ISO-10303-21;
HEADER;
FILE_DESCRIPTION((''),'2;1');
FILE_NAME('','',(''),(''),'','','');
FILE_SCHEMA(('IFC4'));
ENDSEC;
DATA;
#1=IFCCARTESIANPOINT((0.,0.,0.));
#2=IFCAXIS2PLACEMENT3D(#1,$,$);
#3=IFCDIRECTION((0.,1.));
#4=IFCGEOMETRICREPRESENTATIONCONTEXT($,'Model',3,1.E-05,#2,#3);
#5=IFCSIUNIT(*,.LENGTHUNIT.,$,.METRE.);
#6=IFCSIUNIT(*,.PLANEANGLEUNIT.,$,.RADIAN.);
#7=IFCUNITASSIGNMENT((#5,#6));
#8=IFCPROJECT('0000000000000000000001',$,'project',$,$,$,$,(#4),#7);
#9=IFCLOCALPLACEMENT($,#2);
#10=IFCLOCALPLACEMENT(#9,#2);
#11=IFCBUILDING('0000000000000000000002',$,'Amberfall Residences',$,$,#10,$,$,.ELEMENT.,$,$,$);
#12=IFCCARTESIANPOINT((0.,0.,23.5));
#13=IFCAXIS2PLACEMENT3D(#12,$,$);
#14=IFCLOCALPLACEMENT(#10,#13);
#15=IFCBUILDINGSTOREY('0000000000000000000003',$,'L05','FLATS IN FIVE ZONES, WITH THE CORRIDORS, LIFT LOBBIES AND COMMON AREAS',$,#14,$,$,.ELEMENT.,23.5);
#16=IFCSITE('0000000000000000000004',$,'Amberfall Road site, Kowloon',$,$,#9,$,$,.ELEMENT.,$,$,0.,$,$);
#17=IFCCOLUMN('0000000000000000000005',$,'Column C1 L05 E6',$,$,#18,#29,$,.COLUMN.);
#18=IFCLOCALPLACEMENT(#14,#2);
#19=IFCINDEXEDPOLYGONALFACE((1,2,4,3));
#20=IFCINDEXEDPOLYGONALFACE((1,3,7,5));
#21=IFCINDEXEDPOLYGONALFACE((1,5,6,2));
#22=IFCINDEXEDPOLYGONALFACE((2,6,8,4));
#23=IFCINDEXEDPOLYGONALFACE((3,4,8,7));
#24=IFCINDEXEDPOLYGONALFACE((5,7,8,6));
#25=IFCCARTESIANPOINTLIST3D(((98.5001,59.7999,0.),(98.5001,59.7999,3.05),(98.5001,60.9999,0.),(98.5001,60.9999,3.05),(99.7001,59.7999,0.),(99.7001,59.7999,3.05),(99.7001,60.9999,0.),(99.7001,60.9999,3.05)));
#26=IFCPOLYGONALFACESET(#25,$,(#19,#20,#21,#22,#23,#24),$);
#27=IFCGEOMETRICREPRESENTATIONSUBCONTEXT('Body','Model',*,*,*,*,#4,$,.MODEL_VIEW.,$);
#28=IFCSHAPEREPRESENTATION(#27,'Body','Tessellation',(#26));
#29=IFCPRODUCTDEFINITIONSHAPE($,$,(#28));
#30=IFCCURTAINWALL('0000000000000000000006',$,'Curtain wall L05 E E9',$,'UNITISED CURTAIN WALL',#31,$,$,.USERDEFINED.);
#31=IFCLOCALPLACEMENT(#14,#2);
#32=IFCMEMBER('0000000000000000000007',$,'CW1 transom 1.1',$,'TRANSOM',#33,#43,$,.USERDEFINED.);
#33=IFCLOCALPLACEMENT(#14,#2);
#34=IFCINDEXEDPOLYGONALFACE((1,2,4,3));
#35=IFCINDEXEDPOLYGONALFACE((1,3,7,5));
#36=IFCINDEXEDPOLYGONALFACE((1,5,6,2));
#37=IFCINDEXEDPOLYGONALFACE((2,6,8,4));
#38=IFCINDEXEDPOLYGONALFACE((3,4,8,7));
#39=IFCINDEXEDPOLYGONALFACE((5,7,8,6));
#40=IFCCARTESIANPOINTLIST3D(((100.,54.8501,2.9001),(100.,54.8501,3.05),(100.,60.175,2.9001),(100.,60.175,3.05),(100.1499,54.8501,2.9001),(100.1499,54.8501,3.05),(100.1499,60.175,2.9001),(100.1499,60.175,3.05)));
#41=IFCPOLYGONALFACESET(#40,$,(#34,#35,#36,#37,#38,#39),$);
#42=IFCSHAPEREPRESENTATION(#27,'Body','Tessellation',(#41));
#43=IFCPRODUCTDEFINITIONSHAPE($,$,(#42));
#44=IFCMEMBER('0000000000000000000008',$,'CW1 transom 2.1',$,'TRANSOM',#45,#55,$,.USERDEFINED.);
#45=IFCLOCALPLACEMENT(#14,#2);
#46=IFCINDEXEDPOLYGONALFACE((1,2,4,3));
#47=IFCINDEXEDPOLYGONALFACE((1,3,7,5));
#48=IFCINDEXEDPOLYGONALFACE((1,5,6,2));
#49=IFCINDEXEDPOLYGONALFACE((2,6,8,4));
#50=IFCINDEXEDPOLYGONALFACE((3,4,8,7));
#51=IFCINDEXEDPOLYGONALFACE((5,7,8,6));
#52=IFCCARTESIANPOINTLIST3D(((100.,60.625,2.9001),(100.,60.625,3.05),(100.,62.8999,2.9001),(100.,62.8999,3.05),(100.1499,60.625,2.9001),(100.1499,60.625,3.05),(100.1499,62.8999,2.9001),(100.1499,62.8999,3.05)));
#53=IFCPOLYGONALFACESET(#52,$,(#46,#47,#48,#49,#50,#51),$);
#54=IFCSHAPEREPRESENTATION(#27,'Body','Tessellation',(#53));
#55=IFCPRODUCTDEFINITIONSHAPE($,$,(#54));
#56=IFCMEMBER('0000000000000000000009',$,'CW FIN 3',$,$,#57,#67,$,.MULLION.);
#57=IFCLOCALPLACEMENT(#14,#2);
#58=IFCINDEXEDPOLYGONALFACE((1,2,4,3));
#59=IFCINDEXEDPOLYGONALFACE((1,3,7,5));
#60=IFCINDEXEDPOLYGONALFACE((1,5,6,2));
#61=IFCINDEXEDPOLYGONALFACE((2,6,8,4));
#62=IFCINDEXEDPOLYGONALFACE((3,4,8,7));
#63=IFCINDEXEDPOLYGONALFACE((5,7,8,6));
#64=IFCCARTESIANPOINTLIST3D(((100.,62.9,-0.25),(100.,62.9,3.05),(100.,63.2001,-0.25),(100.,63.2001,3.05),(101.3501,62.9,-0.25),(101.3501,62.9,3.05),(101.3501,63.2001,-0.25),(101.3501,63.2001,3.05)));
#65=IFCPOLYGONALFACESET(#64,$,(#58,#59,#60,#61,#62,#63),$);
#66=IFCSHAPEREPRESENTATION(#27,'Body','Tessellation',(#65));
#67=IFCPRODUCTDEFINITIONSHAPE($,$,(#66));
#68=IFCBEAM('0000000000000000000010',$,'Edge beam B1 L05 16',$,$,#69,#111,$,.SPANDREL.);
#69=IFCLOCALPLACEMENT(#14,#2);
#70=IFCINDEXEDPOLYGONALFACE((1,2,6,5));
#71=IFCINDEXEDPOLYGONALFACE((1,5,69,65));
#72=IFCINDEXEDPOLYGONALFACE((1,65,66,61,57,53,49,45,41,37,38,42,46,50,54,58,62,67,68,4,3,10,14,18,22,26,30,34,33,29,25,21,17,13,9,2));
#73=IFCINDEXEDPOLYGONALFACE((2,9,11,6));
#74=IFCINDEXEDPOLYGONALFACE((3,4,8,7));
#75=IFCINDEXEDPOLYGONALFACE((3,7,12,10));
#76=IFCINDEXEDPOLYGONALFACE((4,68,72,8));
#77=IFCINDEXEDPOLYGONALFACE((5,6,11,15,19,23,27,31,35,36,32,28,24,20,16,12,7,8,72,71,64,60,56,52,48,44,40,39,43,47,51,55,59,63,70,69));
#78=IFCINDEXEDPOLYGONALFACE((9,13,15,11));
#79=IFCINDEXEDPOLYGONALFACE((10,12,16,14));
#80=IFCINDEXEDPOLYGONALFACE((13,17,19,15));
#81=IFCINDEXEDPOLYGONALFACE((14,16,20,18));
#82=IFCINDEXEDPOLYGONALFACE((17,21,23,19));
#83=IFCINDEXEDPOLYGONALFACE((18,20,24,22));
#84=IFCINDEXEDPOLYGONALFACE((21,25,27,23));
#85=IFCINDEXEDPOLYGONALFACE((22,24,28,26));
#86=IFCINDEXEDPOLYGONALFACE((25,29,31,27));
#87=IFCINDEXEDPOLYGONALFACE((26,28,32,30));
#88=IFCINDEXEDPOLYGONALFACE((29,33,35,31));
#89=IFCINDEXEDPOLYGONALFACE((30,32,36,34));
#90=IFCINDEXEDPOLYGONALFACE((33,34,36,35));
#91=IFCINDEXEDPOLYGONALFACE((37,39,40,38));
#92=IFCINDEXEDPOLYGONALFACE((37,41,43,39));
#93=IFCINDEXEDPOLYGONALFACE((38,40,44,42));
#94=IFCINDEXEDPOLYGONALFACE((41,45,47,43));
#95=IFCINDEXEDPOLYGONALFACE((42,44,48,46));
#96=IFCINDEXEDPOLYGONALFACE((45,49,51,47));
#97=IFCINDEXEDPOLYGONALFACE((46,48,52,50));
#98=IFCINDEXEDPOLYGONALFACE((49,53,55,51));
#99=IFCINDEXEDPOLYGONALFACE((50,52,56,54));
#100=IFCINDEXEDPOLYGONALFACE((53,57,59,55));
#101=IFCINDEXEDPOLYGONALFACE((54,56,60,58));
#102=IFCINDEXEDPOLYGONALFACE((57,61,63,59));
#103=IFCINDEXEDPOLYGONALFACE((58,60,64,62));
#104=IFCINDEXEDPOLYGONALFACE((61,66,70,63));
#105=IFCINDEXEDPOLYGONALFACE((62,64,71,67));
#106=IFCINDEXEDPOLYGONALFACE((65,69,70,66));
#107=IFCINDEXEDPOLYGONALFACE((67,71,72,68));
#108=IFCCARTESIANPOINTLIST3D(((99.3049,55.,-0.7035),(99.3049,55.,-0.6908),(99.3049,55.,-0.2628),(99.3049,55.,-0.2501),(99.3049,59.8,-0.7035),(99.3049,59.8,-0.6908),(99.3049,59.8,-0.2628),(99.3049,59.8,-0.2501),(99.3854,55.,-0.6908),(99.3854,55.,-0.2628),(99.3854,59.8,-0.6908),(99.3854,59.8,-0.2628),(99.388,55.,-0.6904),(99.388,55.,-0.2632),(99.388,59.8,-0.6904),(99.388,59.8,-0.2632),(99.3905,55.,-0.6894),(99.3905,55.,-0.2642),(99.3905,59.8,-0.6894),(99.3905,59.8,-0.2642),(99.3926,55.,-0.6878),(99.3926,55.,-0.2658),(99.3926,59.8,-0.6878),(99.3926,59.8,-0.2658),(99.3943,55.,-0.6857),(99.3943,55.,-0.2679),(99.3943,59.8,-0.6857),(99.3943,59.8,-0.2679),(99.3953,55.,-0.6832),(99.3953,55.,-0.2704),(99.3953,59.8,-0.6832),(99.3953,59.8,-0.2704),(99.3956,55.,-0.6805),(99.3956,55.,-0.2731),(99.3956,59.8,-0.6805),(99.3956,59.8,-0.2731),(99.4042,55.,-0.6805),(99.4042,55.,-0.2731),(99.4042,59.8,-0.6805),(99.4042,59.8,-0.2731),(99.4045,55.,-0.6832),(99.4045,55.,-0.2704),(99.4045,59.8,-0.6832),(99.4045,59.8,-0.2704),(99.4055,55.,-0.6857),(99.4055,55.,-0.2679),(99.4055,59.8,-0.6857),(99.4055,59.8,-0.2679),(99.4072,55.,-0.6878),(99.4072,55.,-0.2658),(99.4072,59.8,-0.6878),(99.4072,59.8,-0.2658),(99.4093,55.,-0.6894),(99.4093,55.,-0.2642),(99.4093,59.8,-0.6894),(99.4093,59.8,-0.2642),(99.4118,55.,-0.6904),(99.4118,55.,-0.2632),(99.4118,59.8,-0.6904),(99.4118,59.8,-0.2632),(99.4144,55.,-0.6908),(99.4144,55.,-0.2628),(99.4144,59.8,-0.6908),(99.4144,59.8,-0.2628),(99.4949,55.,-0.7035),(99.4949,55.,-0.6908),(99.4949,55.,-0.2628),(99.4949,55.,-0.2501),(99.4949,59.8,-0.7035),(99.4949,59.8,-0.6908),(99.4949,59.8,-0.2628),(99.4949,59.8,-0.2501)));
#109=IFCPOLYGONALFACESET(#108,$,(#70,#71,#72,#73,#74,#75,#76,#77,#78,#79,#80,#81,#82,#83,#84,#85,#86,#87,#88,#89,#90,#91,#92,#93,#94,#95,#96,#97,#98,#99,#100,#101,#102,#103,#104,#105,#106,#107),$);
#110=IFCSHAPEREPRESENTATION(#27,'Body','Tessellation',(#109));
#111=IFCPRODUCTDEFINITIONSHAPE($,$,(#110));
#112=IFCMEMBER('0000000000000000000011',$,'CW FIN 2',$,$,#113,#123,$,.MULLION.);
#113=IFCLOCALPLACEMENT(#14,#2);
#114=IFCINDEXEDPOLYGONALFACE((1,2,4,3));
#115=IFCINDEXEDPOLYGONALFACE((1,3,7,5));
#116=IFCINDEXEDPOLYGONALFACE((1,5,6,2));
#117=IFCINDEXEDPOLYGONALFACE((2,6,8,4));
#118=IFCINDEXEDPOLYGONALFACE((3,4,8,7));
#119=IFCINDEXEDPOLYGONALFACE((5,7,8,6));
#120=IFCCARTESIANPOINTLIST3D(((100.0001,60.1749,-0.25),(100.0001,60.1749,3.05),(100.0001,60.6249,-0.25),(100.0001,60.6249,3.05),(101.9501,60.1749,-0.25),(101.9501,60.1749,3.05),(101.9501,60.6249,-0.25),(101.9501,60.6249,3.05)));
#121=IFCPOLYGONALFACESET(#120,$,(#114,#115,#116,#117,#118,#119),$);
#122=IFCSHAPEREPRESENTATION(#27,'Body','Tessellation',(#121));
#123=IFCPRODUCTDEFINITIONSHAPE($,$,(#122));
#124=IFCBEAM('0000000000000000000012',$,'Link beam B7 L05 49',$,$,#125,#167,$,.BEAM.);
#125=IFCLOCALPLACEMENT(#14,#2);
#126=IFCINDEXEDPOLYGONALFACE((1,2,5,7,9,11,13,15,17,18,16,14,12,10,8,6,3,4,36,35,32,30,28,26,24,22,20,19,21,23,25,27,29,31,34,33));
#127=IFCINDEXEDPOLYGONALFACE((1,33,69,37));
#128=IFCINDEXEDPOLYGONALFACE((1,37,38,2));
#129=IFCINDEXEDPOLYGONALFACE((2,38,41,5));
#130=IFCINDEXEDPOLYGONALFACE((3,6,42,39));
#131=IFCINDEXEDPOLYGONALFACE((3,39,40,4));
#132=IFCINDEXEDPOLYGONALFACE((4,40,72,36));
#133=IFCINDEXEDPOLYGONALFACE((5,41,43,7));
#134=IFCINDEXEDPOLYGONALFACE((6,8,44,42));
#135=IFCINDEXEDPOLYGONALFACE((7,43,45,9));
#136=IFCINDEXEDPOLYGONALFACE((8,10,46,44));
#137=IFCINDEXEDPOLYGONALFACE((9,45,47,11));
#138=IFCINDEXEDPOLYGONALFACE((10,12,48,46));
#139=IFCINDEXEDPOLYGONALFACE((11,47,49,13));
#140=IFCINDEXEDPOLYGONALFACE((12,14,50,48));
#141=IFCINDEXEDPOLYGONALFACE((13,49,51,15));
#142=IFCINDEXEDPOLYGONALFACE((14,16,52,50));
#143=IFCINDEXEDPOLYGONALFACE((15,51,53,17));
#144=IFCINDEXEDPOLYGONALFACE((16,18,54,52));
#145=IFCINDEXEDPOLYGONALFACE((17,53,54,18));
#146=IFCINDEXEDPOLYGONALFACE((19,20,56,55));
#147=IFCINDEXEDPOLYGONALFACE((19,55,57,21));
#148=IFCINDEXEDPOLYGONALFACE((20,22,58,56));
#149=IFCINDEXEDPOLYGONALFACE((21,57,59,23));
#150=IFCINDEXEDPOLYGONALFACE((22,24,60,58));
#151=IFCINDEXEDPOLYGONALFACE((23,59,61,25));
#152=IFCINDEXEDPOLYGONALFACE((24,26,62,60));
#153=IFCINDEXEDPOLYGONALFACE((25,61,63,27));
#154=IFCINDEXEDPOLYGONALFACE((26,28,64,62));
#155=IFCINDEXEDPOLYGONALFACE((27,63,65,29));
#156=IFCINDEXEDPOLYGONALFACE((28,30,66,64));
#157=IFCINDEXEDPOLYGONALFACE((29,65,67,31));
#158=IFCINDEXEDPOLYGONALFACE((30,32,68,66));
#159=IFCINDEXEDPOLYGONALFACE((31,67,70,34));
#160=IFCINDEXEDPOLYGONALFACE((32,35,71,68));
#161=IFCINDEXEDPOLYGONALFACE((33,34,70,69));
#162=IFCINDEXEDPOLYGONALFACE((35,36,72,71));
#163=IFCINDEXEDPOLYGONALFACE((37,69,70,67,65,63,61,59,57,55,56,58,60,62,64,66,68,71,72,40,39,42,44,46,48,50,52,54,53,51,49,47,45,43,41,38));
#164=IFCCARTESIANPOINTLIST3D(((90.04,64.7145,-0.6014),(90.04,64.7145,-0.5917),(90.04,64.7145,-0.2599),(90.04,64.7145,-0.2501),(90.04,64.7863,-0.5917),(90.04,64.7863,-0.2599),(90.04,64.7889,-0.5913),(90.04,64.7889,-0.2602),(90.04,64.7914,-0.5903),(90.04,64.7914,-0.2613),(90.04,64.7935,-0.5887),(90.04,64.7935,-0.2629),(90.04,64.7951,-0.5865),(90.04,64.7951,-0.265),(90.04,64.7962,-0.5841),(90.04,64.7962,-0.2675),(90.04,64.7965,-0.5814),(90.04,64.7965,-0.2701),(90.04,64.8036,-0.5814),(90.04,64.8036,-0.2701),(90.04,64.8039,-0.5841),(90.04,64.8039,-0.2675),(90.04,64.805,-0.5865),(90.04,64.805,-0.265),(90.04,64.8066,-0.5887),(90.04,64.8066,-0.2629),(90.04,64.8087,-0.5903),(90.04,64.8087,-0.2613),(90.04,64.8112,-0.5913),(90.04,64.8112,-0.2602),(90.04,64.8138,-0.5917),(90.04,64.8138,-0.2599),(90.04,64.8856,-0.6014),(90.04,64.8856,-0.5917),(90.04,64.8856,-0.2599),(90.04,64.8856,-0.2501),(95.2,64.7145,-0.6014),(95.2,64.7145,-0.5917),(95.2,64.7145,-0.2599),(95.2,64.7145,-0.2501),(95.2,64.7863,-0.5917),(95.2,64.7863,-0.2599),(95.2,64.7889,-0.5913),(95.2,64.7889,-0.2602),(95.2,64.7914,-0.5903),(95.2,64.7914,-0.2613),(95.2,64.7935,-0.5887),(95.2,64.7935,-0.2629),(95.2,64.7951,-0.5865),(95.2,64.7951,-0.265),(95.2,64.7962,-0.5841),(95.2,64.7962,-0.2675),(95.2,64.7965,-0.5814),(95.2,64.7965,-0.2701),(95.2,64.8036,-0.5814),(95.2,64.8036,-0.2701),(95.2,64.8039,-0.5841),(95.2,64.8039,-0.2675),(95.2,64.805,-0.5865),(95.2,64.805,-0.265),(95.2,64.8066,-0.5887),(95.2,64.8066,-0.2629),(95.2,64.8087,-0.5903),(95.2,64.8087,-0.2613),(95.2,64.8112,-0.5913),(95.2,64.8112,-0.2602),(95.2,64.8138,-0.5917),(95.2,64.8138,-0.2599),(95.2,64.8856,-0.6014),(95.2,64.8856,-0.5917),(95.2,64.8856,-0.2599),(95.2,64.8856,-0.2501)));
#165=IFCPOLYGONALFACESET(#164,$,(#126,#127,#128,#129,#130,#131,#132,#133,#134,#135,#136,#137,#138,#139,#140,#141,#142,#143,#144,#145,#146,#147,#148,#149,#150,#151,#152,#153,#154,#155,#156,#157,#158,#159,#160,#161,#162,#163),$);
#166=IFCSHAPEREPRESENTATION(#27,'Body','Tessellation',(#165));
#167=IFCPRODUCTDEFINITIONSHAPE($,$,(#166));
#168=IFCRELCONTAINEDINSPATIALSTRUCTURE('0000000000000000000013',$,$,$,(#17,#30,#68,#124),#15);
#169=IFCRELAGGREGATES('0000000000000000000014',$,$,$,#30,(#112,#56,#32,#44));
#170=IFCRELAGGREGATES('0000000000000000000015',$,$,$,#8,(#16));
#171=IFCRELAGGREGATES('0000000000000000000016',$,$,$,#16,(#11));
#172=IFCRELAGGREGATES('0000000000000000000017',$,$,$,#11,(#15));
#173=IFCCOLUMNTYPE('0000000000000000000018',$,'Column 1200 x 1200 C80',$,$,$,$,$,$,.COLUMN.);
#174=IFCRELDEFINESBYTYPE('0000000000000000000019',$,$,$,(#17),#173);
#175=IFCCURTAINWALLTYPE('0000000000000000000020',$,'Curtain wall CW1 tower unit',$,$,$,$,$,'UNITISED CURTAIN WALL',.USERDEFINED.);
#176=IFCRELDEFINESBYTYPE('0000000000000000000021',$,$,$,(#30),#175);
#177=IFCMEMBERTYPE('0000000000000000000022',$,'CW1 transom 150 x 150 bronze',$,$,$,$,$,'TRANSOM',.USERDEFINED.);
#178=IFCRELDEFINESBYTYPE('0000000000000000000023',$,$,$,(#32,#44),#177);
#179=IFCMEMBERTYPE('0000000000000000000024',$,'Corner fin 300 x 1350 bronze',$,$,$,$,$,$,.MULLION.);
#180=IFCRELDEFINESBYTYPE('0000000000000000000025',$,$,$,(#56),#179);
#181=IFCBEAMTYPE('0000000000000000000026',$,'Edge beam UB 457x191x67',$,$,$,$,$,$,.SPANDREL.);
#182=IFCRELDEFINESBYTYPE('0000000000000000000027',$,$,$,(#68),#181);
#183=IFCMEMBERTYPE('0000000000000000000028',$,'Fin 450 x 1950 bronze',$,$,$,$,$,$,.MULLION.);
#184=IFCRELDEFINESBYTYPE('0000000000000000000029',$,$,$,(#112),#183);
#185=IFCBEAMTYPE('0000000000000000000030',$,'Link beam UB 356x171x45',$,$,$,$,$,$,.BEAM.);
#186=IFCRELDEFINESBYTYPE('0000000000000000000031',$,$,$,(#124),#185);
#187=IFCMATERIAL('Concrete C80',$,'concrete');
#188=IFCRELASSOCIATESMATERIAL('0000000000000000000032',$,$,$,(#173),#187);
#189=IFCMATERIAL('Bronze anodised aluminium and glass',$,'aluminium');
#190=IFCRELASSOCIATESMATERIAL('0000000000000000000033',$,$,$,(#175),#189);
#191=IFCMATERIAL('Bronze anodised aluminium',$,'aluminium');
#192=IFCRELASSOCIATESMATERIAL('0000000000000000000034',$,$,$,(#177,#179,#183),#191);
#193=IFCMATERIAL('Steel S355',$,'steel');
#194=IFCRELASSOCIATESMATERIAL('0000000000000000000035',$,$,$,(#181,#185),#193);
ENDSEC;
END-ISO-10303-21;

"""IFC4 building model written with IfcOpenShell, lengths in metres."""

from ifc_helpers import new_model, si_unit, direction, frame, origin, origin_2d, place, context, subcontext, project, spatial, rectangle, i_section, extrude, material, material_profile, profile_set, type_object, element, aggregate, save


model = new_model("IFC4")

# Units and contexts
model_context = context("Model", 3, precision=1e-05, world=origin(), true_north=direction((0.0, 1.0)))
body_context = subcontext(model_context, "Body", "Model", "MODEL_VIEW")
ifc_project = project(units=[si_unit("LENGTHUNIT", "METRE"), si_unit("PLANEANGLEUNIT", "RADIAN")], contexts=[model_context])

# Site, building, storey
site_placement = place(None, origin())
site = spatial("IfcSite", under=ifc_project, at=site_placement, Name="Amberfall Road site, Kowloon", CompositionType="ELEMENT", RefElevation=0.0)
building_placement = place(site_placement, origin())
building = spatial("IfcBuilding", under=site, at=building_placement, Name="Amberfall Residences", CompositionType="ELEMENT")
storey_placement = place(building_placement, frame((0.0, 0.0, 23.5)))
storey = spatial("IfcBuildingStorey", under=building, at=storey_placement, Name="L05", Description="FLATS IN FIVE ZONES, WITH THE CORRIDORS, LIFT LOBBIES AND COMMON AREAS", CompositionType="ELEMENT", Elevation=23.5)

# Column
ifc_material_1 = material(Name="Concrete C80", Category="concrete")
ifc_material_profile_1 = material_profile(ifc_material_1, rectangle(XDim=1.2, YDim=1.2, at=origin_2d()), Name="Column 1200 x 1200 C80")
ifc_profile_set_1 = profile_set([ifc_material_profile_1], Name="Concrete C80")
column_type = type_object("IfcColumnType", Name="Column 1200 x 1200 C80", PredefinedType="COLUMN", material=ifc_profile_set_1)
column_placement = place(storey_placement, frame((99.1001, 60.3999, 0.0), z_axis=(0.0, 0.0, 1.0), x_axis=(1.0, 0.0, 0.0)))
element("IfcColumn", 1, at=column_placement, inside=storey, type_object=column_type, Name="Column C1 L05 E6", PredefinedType="COLUMN", context=body_context, shape_type="SweptSolid", body=[
    extrude(rectangle(XDim=1.2, YDim=1.2, at=origin_2d()), origin(), (0.0, 0.0, 1.0), 3.05),
])

# Curtain wall, members
ifc_material_2 = material(Name="Bronze anodised aluminium and glass", Category="aluminium")
curtain_wall_type = type_object("IfcCurtainWallType", Name="Curtain wall CW1 tower unit", ElementType="UNITISED CURTAIN WALL", PredefinedType="USERDEFINED", material=ifc_material_2)
curtain_wall_placement = place(storey_placement, origin())
curtain_wall = element("IfcCurtainWall", 2, at=curtain_wall_placement, inside=storey, type_object=curtain_wall_type, Name="Curtain wall L05 E E9", ObjectType="UNITISED CURTAIN WALL", PredefinedType="USERDEFINED")
ifc_material_3 = material(Name="Bronze anodised aluminium", Category="aluminium")
ifc_material_profile_2 = material_profile(ifc_material_3, rectangle(XDim=0.1499, YDim=0.1499, at=origin_2d()), Name="CW1 transom 150 x 150 bronze")
ifc_profile_set_2 = profile_set([ifc_material_profile_2], Name="Bronze anodised aluminium")
member_type_1 = type_object("IfcMemberType", Name="CW1 transom 150 x 150 bronze", ElementType="TRANSOM", PredefinedType="USERDEFINED", material=ifc_profile_set_2)
member_1_placement = place(storey_placement, frame((100.075, 54.8501, 2.9751), z_axis=(0.0, 1.0, 0.0), x_axis=(-1.0, 0.0, 0.0)))
member_1 = element("IfcMember", 3, at=member_1_placement, type_object=member_type_1, Name="CW1 transom 1.1", ObjectType="TRANSOM", PredefinedType="USERDEFINED", context=body_context, shape_type="SweptSolid", body=[
    extrude(rectangle(XDim=0.1499, YDim=0.1499, at=origin_2d()), origin(), (0.0, 0.0, 1.0), 5.325),
])
member_2_placement = place(storey_placement, frame((100.075, 60.625, 2.9751), z_axis=(0.0, 1.0, 0.0), x_axis=(-1.0, 0.0, 0.0)))
member_2 = element("IfcMember", 4, at=member_2_placement, type_object=member_type_1, Name="CW1 transom 2.1", ObjectType="TRANSOM", PredefinedType="USERDEFINED", context=body_context, shape_type="SweptSolid", body=[
    extrude(rectangle(XDim=0.1499, YDim=0.1499, at=origin_2d()), origin(), (0.0, 0.0, 1.0), 2.2749),
])
ifc_material_profile_3 = material_profile(ifc_material_3, rectangle(XDim=1.3501, YDim=0.3, at=origin_2d()), Name="Corner fin 300 x 1350 bronze")
ifc_profile_set_3 = profile_set([ifc_material_profile_3], Name="Bronze anodised aluminium")
member_type_2 = type_object("IfcMemberType", Name="Corner fin 300 x 1350 bronze", PredefinedType="MULLION", material=ifc_profile_set_3)
member_3_placement = place(storey_placement, frame((100.675, 63.05, -0.25), z_axis=(0.0, 0.0, 1.0), x_axis=(-1.0, 0.0, 0.0)))
member_3 = element("IfcMember", 5, at=member_3_placement, type_object=member_type_2, Name="CW FIN 3", PredefinedType="MULLION", context=body_context, shape_type="SweptSolid", body=[
    extrude(rectangle(XDim=1.3501, YDim=0.3, at=origin_2d()), origin(), (0.0, 0.0, 1.0), 3.3),
])

# Beam
ifc_material_4 = material(Name="Steel S355", Category="steel")
ifc_material_profile_4 = material_profile(ifc_material_4, i_section(OverallWidth=0.1899, OverallDepth=0.4534, WebThickness=0.0085, FlangeThickness=0.0127, FilletRadius=0.0103, at=origin_2d()), Name="UB 457x191x67")
ifc_profile_set_4 = profile_set([ifc_material_profile_4], Name="Steel S355")
beam_type_1 = type_object("IfcBeamType", Name="Edge beam UB 457x191x67", PredefinedType="SPANDREL", material=ifc_profile_set_4)
beam_1_placement = place(storey_placement, frame((99.3999, 55.0, -0.4768), z_axis=(0.0, 1.0, 0.0), x_axis=(-1.0, 0.0, 0.0)))
element("IfcBeam", 6, at=beam_1_placement, inside=storey, type_object=beam_type_1, Name="Edge beam B1 L05 16", PredefinedType="SPANDREL", context=body_context, shape_type="SweptSolid", body=[
    extrude(i_section(OverallWidth=0.1899, OverallDepth=0.4534, WebThickness=0.0085, FlangeThickness=0.0127, FilletRadius=0.0103, at=origin_2d()), origin(), (0.0, 0.0, 1.0), 4.8),
])

# Member
ifc_material_profile_5 = material_profile(ifc_material_3, rectangle(XDim=1.95, YDim=0.45, at=origin_2d()), Name="Fin 450 x 1950 bronze")
ifc_profile_set_5 = profile_set([ifc_material_profile_5], Name="Bronze anodised aluminium")
member_type_3 = type_object("IfcMemberType", Name="Fin 450 x 1950 bronze", PredefinedType="MULLION", material=ifc_profile_set_5)
member_4_placement = place(storey_placement, frame((100.9751, 60.3999, -0.25), z_axis=(0.0, 0.0, 1.0), x_axis=(-1.0, 0.0, 0.0)))
member_4 = element("IfcMember", 7, at=member_4_placement, type_object=member_type_3, Name="CW FIN 2", PredefinedType="MULLION", context=body_context, shape_type="SweptSolid", body=[
    extrude(rectangle(XDim=1.95, YDim=0.45, at=origin_2d()), origin(), (0.0, 0.0, 1.0), 3.3),
])

# Beam
ifc_material_profile_6 = material_profile(ifc_material_4, i_section(OverallWidth=0.1711, OverallDepth=0.3513, WebThickness=0.0071, FlangeThickness=0.0098, FilletRadius=0.0103, at=origin_2d()), Name="UB 356x171x45")
ifc_profile_set_6 = profile_set([ifc_material_profile_6], Name="Steel S355")
beam_type_2 = type_object("IfcBeamType", Name="Link beam UB 356x171x45", PredefinedType="BEAM", material=ifc_profile_set_6)
beam_2_placement = place(storey_placement, frame((95.2, 64.8, -0.4258), z_axis=(-1.0, 0.0, 0.0), x_axis=(0.0, -1.0, 0.0)))
element("IfcBeam", 8, at=beam_2_placement, inside=storey, type_object=beam_type_2, Name="Link beam B7 L05 49", PredefinedType="BEAM", context=body_context, shape_type="SweptSolid", body=[
    extrude(i_section(OverallWidth=0.1711, OverallDepth=0.3513, WebThickness=0.0071, FlangeThickness=0.0098, FilletRadius=0.0103, at=origin_2d()), origin(), (0.0, 0.0, 1.0), 5.1599),
])

aggregate(curtain_wall, [member_4, member_3, member_1, member_2])

save(model, "model.ifc")
